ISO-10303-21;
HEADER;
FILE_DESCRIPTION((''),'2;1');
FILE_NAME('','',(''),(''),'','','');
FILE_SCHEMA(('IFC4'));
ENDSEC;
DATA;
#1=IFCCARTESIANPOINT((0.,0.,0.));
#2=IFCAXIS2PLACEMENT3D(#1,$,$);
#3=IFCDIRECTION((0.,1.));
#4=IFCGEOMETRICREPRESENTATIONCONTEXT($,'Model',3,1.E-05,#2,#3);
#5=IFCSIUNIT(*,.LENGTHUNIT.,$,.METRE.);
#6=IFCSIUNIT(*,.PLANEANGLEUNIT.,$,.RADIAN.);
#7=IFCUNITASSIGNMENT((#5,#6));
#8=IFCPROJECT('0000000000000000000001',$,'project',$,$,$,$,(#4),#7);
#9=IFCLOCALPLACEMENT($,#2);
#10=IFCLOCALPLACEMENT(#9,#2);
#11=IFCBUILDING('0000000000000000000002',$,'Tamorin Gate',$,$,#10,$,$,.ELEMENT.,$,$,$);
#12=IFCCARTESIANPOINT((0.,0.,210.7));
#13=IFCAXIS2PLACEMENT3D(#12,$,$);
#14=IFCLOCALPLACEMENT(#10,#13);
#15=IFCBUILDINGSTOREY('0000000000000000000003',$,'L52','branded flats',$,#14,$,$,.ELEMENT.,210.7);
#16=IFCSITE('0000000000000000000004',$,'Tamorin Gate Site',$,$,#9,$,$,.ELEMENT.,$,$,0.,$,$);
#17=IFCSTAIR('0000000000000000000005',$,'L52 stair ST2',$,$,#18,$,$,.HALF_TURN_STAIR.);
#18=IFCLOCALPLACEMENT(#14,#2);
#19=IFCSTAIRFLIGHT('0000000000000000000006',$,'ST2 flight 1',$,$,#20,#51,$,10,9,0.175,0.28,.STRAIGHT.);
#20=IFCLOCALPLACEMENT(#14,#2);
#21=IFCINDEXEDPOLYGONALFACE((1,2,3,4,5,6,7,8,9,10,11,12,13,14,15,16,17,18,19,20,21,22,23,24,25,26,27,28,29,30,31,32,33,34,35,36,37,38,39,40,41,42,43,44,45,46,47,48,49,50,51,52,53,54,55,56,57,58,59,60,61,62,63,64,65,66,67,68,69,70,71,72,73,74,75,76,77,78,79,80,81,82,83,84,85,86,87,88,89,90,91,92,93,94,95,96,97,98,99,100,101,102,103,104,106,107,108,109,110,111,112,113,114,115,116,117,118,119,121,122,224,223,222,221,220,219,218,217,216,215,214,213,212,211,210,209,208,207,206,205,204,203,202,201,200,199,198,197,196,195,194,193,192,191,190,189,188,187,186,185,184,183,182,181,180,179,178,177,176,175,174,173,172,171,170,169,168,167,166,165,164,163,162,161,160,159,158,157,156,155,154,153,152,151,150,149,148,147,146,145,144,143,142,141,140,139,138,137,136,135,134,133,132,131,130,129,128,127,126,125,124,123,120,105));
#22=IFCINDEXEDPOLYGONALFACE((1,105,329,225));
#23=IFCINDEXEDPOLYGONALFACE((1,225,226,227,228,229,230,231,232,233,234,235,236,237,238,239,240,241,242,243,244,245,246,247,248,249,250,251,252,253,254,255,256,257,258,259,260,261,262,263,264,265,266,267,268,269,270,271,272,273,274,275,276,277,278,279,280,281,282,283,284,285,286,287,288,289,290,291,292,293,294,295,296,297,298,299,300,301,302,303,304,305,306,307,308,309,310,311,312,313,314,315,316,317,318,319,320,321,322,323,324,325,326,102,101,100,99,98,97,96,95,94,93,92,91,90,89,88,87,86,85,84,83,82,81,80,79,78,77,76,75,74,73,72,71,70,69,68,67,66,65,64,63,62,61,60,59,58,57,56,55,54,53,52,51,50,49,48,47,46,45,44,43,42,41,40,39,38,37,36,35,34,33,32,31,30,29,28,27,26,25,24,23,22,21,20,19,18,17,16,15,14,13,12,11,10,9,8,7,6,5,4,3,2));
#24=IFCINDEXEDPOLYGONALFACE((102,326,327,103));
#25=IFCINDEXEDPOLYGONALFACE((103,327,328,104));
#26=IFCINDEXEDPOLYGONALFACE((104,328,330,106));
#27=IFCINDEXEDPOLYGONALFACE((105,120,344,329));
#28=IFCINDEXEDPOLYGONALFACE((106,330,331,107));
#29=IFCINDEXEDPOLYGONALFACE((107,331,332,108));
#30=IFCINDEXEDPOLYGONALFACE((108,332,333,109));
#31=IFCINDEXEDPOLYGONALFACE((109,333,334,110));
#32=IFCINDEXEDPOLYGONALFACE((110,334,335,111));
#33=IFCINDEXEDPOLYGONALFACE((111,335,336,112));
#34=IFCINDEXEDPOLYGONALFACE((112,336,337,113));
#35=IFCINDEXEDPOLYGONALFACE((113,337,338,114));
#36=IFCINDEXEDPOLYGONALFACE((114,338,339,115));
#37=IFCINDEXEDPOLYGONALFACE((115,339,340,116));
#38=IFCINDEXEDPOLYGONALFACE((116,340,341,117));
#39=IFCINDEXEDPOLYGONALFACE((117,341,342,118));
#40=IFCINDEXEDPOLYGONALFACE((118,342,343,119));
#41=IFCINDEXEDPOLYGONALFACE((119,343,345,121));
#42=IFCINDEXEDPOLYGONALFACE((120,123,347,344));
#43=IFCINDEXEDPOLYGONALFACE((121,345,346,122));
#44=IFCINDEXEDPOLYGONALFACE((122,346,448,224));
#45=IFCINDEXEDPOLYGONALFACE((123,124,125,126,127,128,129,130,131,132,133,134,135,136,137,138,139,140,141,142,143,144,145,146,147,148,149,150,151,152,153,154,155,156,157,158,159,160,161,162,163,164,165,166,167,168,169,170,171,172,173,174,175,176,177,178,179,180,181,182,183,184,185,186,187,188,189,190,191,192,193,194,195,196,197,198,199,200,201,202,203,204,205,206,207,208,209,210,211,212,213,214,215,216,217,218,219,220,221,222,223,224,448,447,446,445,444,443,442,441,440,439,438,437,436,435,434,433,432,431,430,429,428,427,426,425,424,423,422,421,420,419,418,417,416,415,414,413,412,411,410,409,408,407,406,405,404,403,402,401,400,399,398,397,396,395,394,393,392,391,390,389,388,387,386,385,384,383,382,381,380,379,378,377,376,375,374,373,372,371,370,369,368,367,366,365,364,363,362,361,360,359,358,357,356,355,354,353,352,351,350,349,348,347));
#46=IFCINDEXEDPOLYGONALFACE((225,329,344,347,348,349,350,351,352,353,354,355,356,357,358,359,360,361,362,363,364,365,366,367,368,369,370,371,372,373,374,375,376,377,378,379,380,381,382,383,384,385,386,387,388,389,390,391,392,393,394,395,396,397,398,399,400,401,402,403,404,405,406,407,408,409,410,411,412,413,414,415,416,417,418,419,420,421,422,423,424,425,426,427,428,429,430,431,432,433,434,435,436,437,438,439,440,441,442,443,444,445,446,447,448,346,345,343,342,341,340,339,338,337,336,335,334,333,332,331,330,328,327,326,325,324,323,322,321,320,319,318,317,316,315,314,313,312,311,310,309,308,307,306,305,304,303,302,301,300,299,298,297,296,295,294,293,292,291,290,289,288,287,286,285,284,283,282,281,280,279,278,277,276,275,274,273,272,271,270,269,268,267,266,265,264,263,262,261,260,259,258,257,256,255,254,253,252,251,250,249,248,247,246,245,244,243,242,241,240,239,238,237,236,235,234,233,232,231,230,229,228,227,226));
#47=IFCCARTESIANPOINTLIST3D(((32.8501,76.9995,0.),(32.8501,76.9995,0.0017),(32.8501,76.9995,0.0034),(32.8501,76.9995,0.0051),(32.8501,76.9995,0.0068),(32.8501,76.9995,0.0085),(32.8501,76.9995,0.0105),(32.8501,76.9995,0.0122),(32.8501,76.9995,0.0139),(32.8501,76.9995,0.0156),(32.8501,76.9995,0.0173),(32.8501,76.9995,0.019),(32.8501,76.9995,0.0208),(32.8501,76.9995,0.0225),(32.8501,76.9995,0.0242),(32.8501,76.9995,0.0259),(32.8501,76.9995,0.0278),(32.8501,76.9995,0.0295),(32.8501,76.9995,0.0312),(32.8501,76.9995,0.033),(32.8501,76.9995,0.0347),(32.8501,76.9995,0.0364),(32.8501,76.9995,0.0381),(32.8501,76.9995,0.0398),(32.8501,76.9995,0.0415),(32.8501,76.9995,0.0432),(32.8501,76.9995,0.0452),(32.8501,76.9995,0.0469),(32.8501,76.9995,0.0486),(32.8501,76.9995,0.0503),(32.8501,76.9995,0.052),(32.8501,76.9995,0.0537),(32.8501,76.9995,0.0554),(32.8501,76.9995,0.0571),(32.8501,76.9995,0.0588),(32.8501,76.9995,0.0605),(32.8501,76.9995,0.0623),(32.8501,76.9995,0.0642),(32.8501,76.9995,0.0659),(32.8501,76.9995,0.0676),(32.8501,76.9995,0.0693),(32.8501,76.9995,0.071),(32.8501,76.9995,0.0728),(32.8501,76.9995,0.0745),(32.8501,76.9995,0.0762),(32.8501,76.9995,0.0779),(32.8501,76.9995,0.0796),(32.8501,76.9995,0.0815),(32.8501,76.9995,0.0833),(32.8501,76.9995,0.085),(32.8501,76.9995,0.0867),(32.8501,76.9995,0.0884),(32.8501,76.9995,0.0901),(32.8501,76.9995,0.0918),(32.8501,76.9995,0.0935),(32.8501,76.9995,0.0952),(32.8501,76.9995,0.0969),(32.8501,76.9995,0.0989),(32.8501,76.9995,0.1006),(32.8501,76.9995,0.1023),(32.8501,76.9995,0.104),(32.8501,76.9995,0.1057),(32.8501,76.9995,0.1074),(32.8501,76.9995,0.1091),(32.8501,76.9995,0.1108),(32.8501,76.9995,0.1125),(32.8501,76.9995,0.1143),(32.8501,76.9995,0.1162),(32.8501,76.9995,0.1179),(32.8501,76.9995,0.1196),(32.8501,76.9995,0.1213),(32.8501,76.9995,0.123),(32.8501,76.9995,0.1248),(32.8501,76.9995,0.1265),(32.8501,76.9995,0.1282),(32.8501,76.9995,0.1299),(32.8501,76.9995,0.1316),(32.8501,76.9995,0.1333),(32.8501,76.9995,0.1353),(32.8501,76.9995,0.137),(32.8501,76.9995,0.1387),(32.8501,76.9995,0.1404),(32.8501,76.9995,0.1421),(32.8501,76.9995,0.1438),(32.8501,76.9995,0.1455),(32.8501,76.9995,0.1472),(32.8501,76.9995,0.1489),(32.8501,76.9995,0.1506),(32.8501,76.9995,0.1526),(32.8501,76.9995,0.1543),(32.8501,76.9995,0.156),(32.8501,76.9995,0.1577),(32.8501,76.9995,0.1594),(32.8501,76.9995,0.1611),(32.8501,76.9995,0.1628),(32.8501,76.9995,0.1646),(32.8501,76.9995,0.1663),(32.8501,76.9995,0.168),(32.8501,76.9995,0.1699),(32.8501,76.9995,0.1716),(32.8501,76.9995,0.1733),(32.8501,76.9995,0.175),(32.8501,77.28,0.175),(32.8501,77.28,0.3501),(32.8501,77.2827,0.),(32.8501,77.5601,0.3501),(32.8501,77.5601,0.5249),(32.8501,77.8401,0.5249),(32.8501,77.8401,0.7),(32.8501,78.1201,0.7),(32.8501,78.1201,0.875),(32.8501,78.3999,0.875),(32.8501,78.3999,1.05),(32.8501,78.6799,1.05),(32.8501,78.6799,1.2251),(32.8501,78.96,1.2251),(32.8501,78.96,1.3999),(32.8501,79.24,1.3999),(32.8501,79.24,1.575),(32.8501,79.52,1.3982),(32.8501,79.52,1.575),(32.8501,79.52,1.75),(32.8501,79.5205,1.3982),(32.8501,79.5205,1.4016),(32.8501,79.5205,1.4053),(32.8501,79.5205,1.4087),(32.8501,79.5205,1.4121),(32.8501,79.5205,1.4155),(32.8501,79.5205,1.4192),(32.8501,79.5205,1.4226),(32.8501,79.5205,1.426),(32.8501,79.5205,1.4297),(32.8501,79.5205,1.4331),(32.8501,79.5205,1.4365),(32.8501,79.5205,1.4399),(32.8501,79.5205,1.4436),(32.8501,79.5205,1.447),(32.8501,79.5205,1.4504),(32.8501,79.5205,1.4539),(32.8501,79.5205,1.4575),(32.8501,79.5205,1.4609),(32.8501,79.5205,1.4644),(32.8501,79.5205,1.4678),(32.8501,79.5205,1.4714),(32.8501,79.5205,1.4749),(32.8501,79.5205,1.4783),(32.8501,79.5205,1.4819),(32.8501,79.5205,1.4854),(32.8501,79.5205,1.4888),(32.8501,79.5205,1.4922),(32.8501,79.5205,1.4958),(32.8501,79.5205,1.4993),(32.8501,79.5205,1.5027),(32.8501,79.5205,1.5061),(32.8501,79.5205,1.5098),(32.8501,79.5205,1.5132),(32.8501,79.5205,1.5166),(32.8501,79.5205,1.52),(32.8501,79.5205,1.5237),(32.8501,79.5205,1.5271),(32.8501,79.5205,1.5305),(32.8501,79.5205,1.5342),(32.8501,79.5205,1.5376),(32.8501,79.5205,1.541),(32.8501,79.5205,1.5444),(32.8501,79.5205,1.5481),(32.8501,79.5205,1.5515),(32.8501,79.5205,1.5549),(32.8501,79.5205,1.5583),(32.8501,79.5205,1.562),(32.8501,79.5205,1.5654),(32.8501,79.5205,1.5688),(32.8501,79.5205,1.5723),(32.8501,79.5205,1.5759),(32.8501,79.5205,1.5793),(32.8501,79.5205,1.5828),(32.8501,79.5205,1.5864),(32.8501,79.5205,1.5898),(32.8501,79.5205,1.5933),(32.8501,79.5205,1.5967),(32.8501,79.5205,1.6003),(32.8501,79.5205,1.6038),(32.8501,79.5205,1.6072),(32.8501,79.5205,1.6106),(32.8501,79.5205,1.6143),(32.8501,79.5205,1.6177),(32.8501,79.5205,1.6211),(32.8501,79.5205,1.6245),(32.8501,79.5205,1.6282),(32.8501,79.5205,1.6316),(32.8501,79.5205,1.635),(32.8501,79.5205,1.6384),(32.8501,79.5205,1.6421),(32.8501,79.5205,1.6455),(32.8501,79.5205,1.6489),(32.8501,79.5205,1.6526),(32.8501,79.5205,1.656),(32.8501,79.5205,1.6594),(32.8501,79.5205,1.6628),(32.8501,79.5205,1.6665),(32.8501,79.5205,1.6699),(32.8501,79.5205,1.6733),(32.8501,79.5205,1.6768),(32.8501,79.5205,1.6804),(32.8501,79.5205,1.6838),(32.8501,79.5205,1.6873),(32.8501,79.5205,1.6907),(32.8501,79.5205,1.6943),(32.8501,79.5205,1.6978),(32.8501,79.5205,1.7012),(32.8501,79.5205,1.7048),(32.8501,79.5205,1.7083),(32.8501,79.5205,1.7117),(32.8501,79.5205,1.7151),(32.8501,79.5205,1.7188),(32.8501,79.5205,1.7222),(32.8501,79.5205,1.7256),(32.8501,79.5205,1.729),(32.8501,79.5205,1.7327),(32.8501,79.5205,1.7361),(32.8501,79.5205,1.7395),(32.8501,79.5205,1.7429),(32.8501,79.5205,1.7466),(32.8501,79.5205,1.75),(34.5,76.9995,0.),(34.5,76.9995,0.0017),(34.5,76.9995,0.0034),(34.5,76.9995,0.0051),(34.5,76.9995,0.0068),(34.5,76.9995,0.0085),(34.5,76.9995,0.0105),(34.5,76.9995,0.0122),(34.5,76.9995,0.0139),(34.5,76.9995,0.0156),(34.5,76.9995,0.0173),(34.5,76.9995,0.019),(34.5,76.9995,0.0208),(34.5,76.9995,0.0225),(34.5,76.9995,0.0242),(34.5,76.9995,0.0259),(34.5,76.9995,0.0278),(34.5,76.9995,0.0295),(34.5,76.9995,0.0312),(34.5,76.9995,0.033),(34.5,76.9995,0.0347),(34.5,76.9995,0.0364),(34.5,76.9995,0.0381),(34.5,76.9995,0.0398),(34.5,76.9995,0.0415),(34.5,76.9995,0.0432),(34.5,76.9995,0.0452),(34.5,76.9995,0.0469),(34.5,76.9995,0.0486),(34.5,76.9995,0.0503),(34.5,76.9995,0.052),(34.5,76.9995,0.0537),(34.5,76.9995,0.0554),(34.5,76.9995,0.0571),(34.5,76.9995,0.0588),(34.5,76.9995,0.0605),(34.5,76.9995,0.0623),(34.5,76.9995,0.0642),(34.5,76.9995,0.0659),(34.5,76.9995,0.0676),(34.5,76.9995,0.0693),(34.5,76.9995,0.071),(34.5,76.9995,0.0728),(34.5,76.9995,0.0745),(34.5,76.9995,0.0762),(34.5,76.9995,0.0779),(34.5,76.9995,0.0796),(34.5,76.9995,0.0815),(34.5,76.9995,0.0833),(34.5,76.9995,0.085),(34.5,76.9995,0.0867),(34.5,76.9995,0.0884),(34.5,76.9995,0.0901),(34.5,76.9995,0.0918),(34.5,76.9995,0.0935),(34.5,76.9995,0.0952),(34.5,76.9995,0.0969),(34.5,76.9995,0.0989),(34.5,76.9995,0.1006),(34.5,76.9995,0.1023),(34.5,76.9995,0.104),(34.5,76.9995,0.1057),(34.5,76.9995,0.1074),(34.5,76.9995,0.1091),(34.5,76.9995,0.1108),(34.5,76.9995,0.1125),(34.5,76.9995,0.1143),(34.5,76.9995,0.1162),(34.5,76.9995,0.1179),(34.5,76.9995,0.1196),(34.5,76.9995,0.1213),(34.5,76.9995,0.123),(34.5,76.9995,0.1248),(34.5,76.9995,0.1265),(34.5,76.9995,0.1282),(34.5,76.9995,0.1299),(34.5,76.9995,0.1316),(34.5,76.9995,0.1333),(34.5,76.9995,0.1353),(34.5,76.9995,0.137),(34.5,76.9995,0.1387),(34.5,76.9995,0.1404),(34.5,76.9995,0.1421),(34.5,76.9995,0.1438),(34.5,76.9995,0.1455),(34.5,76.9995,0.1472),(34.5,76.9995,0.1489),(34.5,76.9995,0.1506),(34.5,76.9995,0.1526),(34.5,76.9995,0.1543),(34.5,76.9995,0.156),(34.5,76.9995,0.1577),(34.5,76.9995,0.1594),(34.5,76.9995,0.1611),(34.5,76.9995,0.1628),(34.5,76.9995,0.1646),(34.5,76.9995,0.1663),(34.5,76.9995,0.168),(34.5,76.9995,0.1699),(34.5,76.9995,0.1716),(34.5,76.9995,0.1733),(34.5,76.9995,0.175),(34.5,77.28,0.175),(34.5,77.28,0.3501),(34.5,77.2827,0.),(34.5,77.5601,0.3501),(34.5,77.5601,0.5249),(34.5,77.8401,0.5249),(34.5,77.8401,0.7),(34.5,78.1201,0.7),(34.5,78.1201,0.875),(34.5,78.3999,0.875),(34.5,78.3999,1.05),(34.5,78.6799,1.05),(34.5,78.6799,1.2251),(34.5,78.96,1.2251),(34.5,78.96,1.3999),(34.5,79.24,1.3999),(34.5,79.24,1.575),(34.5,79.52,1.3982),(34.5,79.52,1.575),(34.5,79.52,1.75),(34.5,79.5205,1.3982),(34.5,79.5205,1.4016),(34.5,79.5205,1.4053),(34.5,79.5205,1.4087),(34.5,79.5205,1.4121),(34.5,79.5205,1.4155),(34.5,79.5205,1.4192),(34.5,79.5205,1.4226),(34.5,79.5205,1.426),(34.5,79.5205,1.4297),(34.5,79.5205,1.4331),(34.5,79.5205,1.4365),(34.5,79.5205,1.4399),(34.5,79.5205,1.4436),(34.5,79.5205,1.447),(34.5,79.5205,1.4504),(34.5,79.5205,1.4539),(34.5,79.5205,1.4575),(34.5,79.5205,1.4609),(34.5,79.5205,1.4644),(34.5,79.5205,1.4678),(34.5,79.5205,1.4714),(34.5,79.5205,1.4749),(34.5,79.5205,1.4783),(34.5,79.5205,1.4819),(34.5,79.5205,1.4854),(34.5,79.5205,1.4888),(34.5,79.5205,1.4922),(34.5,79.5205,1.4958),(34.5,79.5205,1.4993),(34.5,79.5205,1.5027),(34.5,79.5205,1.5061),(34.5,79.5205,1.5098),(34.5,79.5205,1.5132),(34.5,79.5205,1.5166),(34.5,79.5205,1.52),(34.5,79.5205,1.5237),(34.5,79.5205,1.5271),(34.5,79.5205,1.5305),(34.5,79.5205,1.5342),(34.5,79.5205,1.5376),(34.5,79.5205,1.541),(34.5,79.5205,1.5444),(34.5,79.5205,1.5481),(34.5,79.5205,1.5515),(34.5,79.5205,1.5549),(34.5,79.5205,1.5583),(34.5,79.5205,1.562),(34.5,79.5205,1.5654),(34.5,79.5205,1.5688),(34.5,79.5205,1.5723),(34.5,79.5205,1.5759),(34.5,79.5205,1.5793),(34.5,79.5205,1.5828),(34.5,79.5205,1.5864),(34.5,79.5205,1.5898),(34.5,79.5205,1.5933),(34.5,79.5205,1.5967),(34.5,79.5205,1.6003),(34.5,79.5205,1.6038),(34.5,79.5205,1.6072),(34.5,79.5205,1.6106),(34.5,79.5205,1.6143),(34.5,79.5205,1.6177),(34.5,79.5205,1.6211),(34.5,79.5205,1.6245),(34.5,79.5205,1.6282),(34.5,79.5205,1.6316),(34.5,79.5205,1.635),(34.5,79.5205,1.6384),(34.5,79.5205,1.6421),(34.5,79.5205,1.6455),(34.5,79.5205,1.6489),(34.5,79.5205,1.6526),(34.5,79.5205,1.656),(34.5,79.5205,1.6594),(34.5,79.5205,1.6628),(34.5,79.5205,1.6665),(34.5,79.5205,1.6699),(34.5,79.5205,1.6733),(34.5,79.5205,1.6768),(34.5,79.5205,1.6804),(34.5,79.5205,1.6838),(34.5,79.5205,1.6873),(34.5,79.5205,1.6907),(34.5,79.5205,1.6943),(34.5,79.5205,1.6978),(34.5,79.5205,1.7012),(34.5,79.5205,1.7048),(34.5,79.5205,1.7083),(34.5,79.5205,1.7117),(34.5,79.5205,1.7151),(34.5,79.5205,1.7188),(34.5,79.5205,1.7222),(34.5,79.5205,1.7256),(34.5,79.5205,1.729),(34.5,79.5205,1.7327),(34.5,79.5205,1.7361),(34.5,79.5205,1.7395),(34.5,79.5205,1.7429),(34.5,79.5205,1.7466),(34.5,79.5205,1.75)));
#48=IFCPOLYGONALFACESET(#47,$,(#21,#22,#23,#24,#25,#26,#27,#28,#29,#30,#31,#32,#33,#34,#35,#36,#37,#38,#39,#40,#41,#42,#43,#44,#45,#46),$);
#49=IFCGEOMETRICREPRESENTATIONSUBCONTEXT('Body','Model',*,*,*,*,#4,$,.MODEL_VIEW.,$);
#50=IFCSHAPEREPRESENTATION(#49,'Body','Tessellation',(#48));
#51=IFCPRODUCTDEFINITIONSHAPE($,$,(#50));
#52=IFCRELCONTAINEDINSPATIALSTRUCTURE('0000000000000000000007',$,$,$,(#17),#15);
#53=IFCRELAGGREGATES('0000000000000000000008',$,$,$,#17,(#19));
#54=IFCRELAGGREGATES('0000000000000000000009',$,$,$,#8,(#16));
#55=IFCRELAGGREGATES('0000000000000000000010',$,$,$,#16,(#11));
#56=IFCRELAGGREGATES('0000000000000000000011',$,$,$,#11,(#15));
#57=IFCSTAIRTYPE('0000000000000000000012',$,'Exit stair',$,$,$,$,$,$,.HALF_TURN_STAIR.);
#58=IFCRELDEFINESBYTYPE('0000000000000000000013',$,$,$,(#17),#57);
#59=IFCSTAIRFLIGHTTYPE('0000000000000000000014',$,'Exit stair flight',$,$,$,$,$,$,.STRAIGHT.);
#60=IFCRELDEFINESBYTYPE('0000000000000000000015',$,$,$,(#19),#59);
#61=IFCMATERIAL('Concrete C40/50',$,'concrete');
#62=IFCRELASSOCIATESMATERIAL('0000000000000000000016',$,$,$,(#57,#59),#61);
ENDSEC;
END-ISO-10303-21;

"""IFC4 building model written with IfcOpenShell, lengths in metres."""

from ifc_helpers import new_model, si_unit, direction, frame, origin, place, context, subcontext, project, spatial, polyline, outline, extrude, material, type_object, element, aggregate, save


model = new_model("IFC4")

# Units and contexts
model_context = context("Model", 3, precision=1e-05, world=origin(), true_north=direction((0.0, 1.0)))
body_context = subcontext(model_context, "Body", "Model", "MODEL_VIEW")
ifc_project = project(units=[si_unit("LENGTHUNIT", "METRE"), si_unit("PLANEANGLEUNIT", "RADIAN")], contexts=[model_context])

# Site, building, storey
site_placement = place(None, origin())
site = spatial("IfcSite", under=ifc_project, at=site_placement, Name="Tamorin Gate Site", CompositionType="ELEMENT", RefElevation=0.0)
building_placement = place(site_placement, origin())
building = spatial("IfcBuilding", under=site, at=building_placement, Name="Tamorin Gate", CompositionType="ELEMENT")
storey_placement = place(building_placement, frame((0.0, 0.0, 210.7)))
storey = spatial("IfcBuildingStorey", under=building, at=storey_placement, Name="L52", Description="branded flats", CompositionType="ELEMENT", Elevation=210.7)

# Shared definitions
ifc_material_1 = material(Name="Concrete C40/50", Category="concrete")

# Shared definitions
stair_type = type_object("IfcStairType", Name="Exit stair", PredefinedType="HALF_TURN_STAIR", material=ifc_material_1)
stair_flight_type = type_object("IfcStairFlightType", Name="Exit stair flight", PredefinedType="STRAIGHT", material=ifc_material_1)

# Stair, stair flight
stair_1_placement = place(storey_placement, origin())
stair_1 = element("IfcStair", 1, at=stair_1_placement, inside=storey, type_object=stair_type, Name="L52 stair ST2", PredefinedType="HALF_TURN_STAIR")
stair_flight_1_placement = place(storey_placement, frame((33.675, 77.0, 0.0), z_axis=(0.0, 0.0, 1.0), x_axis=(0.0, 1.0, 0.0)))
stair_flight_1 = element("IfcStairFlight", 2, at=stair_flight_1_placement, type_object=stair_flight_type, Name="ST2 flight 1", NumberOfRisers=10, NumberOfTreads=9, PredefinedType="STRAIGHT", RiserHeight=0.175, TreadLength=0.28, context=body_context, shape_type="SweptSolid", body=[
    extrude(outline(polyline([(-0.0005, 0.0), (-0.0005, 0.0017), (-0.0005, 0.0034), (-0.0005, 0.0051), (-0.0005, 0.0068), (-0.0005, 0.0085), (-0.0005, 0.0105), (-0.0005, 0.0122), (-0.0005, 0.0139), (-0.0005, 0.0156), (-0.0005, 0.0173), (-0.0005, 0.019), (-0.0005, 0.0208), (-0.0005, 0.0225), (-0.0005, 0.0242), (-0.0005, 0.0259), (-0.0005, 0.0278), (-0.0005, 0.0295), (-0.0005, 0.0312), (-0.0005, 0.033), (-0.0005, 0.0347), (-0.0005, 0.0364), (-0.0005, 0.0381), (-0.0005, 0.0398), (-0.0005, 0.0415), (-0.0005, 0.0432), (-0.0005, 0.0452), (-0.0005, 0.0469), (-0.0005, 0.0486), (-0.0005, 0.0503), (-0.0005, 0.052), (-0.0005, 0.0537), (-0.0005, 0.0554), (-0.0005, 0.0571), (-0.0005, 0.0588), (-0.0005, 0.0605), (-0.0005, 0.0623), (-0.0005, 0.0642), (-0.0005, 0.0659), (-0.0005, 0.0676), (-0.0005, 0.0693), (-0.0005, 0.071), (-0.0005, 0.0728), (-0.0005, 0.0745), (-0.0005, 0.0762), (-0.0005, 0.0779), (-0.0005, 0.0796), (-0.0005, 0.0815), (-0.0005, 0.0833), (-0.0005, 0.085), (-0.0005, 0.0867), (-0.0005, 0.0884), (-0.0005, 0.0901), (-0.0005, 0.0918), (-0.0005, 0.0935), (-0.0005, 0.0952), (-0.0005, 0.0969), (-0.0005, 0.0989), (-0.0005, 0.1006), (-0.0005, 0.1023), (-0.0005, 0.104), (-0.0005, 0.1057), (-0.0005, 0.1074), (-0.0005, 0.1091), (-0.0005, 0.1108), (-0.0005, 0.1125), (-0.0005, 0.1143), (-0.0005, 0.1162), (-0.0005, 0.1179), (-0.0005, 0.1196), (-0.0005, 0.1213), (-0.0005, 0.123), (-0.0005, 0.1248), (-0.0005, 0.1265), (-0.0005, 0.1282), (-0.0005, 0.1299), (-0.0005, 0.1316), (-0.0005, 0.1333), (-0.0005, 0.1353), (-0.0005, 0.137), (-0.0005, 0.1387), (-0.0005, 0.1404), (-0.0005, 0.1421), (-0.0005, 0.1438), (-0.0005, 0.1455), (-0.0005, 0.1472), (-0.0005, 0.1489), (-0.0005, 0.1506), (-0.0005, 0.1526), (-0.0005, 0.1543), (-0.0005, 0.156), (-0.0005, 0.1577), (-0.0005, 0.1594), (-0.0005, 0.1611), (-0.0005, 0.1628), (-0.0005, 0.1646), (-0.0005, 0.1663), (-0.0005, 0.168), (-0.0005, 0.1699), (-0.0005, 0.1716), (-0.0005, 0.1733), (-0.0005, 0.175), (0.28, 0.175), (0.28, 0.3501), (0.5601, 0.3501), (0.5601, 0.5249), (0.8401, 0.5249), (0.8401, 0.7), (1.1201, 0.7), (1.1201, 0.875), (1.3999, 0.875), (1.3999, 1.05), (1.6799, 1.05), (1.6799, 1.2251), (1.96, 1.2251), (1.96, 1.3999), (2.24, 1.3999), (2.24, 1.575), (2.52, 1.575), (2.52, 1.75), (2.5205, 1.75), (2.5205, 1.7466), (2.5205, 1.7429), (2.5205, 1.7395), (2.5205, 1.7361), (2.5205, 1.7327), (2.5205, 1.729), (2.5205, 1.7256), (2.5205, 1.7222), (2.5205, 1.7188), (2.5205, 1.7151), (2.5205, 1.7117), (2.5205, 1.7083), (2.5205, 1.7048), (2.5205, 1.7012), (2.5205, 1.6978), (2.5205, 1.6943), (2.5205, 1.6907), (2.5205, 1.6873), (2.5205, 1.6838), (2.5205, 1.6804), (2.5205, 1.6768), (2.5205, 1.6733), (2.5205, 1.6699), (2.5205, 1.6665), (2.5205, 1.6628), (2.5205, 1.6594), (2.5205, 1.656), (2.5205, 1.6526), (2.5205, 1.6489), (2.5205, 1.6455), (2.5205, 1.6421), (2.5205, 1.6384), (2.5205, 1.635), (2.5205, 1.6316), (2.5205, 1.6282), (2.5205, 1.6245), (2.5205, 1.6211), (2.5205, 1.6177), (2.5205, 1.6143), (2.5205, 1.6106), (2.5205, 1.6072), (2.5205, 1.6038), (2.5205, 1.6003), (2.5205, 1.5967), (2.5205, 1.5933), (2.5205, 1.5898), (2.5205, 1.5864), (2.5205, 1.5828), (2.5205, 1.5793), (2.5205, 1.5759), (2.5205, 1.5723), (2.5205, 1.5688), (2.5205, 1.5654), (2.5205, 1.562), (2.5205, 1.5583), (2.5205, 1.5549), (2.5205, 1.5515), (2.5205, 1.5481), (2.5205, 1.5444), (2.5205, 1.541), (2.5205, 1.5376), (2.5205, 1.5342), (2.5205, 1.5305), (2.5205, 1.5271), (2.5205, 1.5237), (2.5205, 1.52), (2.5205, 1.5166), (2.5205, 1.5132), (2.5205, 1.5098), (2.5205, 1.5061), (2.5205, 1.5027), (2.5205, 1.4993), (2.5205, 1.4958), (2.5205, 1.4922), (2.5205, 1.4888), (2.5205, 1.4854), (2.5205, 1.4819), (2.5205, 1.4783), (2.5205, 1.4749), (2.5205, 1.4714), (2.5205, 1.4678), (2.5205, 1.4644), (2.5205, 1.4609), (2.5205, 1.4575), (2.5205, 1.4539), (2.5205, 1.4504), (2.5205, 1.447), (2.5205, 1.4436), (2.5205, 1.4399), (2.5205, 1.4365), (2.5205, 1.4331), (2.5205, 1.4297), (2.5205, 1.426), (2.5205, 1.4226), (2.5205, 1.4192), (2.5205, 1.4155), (2.5205, 1.4121), (2.5205, 1.4087), (2.5205, 1.4053), (2.5205, 1.4016), (2.5205, 1.3982), (2.52, 1.3982), (0.2827, 0.0), (-0.0005, 0.0)])), frame((0.0, 0.825, 0.0), z_axis=(0.0, -1.0, 0.0), x_axis=(1.0, 0.0, 0.0)), (0.0, 0.0, 1.0), 1.6499),
])
aggregate(stair_1, [stair_flight_1])

save(model, "model.ifc")
